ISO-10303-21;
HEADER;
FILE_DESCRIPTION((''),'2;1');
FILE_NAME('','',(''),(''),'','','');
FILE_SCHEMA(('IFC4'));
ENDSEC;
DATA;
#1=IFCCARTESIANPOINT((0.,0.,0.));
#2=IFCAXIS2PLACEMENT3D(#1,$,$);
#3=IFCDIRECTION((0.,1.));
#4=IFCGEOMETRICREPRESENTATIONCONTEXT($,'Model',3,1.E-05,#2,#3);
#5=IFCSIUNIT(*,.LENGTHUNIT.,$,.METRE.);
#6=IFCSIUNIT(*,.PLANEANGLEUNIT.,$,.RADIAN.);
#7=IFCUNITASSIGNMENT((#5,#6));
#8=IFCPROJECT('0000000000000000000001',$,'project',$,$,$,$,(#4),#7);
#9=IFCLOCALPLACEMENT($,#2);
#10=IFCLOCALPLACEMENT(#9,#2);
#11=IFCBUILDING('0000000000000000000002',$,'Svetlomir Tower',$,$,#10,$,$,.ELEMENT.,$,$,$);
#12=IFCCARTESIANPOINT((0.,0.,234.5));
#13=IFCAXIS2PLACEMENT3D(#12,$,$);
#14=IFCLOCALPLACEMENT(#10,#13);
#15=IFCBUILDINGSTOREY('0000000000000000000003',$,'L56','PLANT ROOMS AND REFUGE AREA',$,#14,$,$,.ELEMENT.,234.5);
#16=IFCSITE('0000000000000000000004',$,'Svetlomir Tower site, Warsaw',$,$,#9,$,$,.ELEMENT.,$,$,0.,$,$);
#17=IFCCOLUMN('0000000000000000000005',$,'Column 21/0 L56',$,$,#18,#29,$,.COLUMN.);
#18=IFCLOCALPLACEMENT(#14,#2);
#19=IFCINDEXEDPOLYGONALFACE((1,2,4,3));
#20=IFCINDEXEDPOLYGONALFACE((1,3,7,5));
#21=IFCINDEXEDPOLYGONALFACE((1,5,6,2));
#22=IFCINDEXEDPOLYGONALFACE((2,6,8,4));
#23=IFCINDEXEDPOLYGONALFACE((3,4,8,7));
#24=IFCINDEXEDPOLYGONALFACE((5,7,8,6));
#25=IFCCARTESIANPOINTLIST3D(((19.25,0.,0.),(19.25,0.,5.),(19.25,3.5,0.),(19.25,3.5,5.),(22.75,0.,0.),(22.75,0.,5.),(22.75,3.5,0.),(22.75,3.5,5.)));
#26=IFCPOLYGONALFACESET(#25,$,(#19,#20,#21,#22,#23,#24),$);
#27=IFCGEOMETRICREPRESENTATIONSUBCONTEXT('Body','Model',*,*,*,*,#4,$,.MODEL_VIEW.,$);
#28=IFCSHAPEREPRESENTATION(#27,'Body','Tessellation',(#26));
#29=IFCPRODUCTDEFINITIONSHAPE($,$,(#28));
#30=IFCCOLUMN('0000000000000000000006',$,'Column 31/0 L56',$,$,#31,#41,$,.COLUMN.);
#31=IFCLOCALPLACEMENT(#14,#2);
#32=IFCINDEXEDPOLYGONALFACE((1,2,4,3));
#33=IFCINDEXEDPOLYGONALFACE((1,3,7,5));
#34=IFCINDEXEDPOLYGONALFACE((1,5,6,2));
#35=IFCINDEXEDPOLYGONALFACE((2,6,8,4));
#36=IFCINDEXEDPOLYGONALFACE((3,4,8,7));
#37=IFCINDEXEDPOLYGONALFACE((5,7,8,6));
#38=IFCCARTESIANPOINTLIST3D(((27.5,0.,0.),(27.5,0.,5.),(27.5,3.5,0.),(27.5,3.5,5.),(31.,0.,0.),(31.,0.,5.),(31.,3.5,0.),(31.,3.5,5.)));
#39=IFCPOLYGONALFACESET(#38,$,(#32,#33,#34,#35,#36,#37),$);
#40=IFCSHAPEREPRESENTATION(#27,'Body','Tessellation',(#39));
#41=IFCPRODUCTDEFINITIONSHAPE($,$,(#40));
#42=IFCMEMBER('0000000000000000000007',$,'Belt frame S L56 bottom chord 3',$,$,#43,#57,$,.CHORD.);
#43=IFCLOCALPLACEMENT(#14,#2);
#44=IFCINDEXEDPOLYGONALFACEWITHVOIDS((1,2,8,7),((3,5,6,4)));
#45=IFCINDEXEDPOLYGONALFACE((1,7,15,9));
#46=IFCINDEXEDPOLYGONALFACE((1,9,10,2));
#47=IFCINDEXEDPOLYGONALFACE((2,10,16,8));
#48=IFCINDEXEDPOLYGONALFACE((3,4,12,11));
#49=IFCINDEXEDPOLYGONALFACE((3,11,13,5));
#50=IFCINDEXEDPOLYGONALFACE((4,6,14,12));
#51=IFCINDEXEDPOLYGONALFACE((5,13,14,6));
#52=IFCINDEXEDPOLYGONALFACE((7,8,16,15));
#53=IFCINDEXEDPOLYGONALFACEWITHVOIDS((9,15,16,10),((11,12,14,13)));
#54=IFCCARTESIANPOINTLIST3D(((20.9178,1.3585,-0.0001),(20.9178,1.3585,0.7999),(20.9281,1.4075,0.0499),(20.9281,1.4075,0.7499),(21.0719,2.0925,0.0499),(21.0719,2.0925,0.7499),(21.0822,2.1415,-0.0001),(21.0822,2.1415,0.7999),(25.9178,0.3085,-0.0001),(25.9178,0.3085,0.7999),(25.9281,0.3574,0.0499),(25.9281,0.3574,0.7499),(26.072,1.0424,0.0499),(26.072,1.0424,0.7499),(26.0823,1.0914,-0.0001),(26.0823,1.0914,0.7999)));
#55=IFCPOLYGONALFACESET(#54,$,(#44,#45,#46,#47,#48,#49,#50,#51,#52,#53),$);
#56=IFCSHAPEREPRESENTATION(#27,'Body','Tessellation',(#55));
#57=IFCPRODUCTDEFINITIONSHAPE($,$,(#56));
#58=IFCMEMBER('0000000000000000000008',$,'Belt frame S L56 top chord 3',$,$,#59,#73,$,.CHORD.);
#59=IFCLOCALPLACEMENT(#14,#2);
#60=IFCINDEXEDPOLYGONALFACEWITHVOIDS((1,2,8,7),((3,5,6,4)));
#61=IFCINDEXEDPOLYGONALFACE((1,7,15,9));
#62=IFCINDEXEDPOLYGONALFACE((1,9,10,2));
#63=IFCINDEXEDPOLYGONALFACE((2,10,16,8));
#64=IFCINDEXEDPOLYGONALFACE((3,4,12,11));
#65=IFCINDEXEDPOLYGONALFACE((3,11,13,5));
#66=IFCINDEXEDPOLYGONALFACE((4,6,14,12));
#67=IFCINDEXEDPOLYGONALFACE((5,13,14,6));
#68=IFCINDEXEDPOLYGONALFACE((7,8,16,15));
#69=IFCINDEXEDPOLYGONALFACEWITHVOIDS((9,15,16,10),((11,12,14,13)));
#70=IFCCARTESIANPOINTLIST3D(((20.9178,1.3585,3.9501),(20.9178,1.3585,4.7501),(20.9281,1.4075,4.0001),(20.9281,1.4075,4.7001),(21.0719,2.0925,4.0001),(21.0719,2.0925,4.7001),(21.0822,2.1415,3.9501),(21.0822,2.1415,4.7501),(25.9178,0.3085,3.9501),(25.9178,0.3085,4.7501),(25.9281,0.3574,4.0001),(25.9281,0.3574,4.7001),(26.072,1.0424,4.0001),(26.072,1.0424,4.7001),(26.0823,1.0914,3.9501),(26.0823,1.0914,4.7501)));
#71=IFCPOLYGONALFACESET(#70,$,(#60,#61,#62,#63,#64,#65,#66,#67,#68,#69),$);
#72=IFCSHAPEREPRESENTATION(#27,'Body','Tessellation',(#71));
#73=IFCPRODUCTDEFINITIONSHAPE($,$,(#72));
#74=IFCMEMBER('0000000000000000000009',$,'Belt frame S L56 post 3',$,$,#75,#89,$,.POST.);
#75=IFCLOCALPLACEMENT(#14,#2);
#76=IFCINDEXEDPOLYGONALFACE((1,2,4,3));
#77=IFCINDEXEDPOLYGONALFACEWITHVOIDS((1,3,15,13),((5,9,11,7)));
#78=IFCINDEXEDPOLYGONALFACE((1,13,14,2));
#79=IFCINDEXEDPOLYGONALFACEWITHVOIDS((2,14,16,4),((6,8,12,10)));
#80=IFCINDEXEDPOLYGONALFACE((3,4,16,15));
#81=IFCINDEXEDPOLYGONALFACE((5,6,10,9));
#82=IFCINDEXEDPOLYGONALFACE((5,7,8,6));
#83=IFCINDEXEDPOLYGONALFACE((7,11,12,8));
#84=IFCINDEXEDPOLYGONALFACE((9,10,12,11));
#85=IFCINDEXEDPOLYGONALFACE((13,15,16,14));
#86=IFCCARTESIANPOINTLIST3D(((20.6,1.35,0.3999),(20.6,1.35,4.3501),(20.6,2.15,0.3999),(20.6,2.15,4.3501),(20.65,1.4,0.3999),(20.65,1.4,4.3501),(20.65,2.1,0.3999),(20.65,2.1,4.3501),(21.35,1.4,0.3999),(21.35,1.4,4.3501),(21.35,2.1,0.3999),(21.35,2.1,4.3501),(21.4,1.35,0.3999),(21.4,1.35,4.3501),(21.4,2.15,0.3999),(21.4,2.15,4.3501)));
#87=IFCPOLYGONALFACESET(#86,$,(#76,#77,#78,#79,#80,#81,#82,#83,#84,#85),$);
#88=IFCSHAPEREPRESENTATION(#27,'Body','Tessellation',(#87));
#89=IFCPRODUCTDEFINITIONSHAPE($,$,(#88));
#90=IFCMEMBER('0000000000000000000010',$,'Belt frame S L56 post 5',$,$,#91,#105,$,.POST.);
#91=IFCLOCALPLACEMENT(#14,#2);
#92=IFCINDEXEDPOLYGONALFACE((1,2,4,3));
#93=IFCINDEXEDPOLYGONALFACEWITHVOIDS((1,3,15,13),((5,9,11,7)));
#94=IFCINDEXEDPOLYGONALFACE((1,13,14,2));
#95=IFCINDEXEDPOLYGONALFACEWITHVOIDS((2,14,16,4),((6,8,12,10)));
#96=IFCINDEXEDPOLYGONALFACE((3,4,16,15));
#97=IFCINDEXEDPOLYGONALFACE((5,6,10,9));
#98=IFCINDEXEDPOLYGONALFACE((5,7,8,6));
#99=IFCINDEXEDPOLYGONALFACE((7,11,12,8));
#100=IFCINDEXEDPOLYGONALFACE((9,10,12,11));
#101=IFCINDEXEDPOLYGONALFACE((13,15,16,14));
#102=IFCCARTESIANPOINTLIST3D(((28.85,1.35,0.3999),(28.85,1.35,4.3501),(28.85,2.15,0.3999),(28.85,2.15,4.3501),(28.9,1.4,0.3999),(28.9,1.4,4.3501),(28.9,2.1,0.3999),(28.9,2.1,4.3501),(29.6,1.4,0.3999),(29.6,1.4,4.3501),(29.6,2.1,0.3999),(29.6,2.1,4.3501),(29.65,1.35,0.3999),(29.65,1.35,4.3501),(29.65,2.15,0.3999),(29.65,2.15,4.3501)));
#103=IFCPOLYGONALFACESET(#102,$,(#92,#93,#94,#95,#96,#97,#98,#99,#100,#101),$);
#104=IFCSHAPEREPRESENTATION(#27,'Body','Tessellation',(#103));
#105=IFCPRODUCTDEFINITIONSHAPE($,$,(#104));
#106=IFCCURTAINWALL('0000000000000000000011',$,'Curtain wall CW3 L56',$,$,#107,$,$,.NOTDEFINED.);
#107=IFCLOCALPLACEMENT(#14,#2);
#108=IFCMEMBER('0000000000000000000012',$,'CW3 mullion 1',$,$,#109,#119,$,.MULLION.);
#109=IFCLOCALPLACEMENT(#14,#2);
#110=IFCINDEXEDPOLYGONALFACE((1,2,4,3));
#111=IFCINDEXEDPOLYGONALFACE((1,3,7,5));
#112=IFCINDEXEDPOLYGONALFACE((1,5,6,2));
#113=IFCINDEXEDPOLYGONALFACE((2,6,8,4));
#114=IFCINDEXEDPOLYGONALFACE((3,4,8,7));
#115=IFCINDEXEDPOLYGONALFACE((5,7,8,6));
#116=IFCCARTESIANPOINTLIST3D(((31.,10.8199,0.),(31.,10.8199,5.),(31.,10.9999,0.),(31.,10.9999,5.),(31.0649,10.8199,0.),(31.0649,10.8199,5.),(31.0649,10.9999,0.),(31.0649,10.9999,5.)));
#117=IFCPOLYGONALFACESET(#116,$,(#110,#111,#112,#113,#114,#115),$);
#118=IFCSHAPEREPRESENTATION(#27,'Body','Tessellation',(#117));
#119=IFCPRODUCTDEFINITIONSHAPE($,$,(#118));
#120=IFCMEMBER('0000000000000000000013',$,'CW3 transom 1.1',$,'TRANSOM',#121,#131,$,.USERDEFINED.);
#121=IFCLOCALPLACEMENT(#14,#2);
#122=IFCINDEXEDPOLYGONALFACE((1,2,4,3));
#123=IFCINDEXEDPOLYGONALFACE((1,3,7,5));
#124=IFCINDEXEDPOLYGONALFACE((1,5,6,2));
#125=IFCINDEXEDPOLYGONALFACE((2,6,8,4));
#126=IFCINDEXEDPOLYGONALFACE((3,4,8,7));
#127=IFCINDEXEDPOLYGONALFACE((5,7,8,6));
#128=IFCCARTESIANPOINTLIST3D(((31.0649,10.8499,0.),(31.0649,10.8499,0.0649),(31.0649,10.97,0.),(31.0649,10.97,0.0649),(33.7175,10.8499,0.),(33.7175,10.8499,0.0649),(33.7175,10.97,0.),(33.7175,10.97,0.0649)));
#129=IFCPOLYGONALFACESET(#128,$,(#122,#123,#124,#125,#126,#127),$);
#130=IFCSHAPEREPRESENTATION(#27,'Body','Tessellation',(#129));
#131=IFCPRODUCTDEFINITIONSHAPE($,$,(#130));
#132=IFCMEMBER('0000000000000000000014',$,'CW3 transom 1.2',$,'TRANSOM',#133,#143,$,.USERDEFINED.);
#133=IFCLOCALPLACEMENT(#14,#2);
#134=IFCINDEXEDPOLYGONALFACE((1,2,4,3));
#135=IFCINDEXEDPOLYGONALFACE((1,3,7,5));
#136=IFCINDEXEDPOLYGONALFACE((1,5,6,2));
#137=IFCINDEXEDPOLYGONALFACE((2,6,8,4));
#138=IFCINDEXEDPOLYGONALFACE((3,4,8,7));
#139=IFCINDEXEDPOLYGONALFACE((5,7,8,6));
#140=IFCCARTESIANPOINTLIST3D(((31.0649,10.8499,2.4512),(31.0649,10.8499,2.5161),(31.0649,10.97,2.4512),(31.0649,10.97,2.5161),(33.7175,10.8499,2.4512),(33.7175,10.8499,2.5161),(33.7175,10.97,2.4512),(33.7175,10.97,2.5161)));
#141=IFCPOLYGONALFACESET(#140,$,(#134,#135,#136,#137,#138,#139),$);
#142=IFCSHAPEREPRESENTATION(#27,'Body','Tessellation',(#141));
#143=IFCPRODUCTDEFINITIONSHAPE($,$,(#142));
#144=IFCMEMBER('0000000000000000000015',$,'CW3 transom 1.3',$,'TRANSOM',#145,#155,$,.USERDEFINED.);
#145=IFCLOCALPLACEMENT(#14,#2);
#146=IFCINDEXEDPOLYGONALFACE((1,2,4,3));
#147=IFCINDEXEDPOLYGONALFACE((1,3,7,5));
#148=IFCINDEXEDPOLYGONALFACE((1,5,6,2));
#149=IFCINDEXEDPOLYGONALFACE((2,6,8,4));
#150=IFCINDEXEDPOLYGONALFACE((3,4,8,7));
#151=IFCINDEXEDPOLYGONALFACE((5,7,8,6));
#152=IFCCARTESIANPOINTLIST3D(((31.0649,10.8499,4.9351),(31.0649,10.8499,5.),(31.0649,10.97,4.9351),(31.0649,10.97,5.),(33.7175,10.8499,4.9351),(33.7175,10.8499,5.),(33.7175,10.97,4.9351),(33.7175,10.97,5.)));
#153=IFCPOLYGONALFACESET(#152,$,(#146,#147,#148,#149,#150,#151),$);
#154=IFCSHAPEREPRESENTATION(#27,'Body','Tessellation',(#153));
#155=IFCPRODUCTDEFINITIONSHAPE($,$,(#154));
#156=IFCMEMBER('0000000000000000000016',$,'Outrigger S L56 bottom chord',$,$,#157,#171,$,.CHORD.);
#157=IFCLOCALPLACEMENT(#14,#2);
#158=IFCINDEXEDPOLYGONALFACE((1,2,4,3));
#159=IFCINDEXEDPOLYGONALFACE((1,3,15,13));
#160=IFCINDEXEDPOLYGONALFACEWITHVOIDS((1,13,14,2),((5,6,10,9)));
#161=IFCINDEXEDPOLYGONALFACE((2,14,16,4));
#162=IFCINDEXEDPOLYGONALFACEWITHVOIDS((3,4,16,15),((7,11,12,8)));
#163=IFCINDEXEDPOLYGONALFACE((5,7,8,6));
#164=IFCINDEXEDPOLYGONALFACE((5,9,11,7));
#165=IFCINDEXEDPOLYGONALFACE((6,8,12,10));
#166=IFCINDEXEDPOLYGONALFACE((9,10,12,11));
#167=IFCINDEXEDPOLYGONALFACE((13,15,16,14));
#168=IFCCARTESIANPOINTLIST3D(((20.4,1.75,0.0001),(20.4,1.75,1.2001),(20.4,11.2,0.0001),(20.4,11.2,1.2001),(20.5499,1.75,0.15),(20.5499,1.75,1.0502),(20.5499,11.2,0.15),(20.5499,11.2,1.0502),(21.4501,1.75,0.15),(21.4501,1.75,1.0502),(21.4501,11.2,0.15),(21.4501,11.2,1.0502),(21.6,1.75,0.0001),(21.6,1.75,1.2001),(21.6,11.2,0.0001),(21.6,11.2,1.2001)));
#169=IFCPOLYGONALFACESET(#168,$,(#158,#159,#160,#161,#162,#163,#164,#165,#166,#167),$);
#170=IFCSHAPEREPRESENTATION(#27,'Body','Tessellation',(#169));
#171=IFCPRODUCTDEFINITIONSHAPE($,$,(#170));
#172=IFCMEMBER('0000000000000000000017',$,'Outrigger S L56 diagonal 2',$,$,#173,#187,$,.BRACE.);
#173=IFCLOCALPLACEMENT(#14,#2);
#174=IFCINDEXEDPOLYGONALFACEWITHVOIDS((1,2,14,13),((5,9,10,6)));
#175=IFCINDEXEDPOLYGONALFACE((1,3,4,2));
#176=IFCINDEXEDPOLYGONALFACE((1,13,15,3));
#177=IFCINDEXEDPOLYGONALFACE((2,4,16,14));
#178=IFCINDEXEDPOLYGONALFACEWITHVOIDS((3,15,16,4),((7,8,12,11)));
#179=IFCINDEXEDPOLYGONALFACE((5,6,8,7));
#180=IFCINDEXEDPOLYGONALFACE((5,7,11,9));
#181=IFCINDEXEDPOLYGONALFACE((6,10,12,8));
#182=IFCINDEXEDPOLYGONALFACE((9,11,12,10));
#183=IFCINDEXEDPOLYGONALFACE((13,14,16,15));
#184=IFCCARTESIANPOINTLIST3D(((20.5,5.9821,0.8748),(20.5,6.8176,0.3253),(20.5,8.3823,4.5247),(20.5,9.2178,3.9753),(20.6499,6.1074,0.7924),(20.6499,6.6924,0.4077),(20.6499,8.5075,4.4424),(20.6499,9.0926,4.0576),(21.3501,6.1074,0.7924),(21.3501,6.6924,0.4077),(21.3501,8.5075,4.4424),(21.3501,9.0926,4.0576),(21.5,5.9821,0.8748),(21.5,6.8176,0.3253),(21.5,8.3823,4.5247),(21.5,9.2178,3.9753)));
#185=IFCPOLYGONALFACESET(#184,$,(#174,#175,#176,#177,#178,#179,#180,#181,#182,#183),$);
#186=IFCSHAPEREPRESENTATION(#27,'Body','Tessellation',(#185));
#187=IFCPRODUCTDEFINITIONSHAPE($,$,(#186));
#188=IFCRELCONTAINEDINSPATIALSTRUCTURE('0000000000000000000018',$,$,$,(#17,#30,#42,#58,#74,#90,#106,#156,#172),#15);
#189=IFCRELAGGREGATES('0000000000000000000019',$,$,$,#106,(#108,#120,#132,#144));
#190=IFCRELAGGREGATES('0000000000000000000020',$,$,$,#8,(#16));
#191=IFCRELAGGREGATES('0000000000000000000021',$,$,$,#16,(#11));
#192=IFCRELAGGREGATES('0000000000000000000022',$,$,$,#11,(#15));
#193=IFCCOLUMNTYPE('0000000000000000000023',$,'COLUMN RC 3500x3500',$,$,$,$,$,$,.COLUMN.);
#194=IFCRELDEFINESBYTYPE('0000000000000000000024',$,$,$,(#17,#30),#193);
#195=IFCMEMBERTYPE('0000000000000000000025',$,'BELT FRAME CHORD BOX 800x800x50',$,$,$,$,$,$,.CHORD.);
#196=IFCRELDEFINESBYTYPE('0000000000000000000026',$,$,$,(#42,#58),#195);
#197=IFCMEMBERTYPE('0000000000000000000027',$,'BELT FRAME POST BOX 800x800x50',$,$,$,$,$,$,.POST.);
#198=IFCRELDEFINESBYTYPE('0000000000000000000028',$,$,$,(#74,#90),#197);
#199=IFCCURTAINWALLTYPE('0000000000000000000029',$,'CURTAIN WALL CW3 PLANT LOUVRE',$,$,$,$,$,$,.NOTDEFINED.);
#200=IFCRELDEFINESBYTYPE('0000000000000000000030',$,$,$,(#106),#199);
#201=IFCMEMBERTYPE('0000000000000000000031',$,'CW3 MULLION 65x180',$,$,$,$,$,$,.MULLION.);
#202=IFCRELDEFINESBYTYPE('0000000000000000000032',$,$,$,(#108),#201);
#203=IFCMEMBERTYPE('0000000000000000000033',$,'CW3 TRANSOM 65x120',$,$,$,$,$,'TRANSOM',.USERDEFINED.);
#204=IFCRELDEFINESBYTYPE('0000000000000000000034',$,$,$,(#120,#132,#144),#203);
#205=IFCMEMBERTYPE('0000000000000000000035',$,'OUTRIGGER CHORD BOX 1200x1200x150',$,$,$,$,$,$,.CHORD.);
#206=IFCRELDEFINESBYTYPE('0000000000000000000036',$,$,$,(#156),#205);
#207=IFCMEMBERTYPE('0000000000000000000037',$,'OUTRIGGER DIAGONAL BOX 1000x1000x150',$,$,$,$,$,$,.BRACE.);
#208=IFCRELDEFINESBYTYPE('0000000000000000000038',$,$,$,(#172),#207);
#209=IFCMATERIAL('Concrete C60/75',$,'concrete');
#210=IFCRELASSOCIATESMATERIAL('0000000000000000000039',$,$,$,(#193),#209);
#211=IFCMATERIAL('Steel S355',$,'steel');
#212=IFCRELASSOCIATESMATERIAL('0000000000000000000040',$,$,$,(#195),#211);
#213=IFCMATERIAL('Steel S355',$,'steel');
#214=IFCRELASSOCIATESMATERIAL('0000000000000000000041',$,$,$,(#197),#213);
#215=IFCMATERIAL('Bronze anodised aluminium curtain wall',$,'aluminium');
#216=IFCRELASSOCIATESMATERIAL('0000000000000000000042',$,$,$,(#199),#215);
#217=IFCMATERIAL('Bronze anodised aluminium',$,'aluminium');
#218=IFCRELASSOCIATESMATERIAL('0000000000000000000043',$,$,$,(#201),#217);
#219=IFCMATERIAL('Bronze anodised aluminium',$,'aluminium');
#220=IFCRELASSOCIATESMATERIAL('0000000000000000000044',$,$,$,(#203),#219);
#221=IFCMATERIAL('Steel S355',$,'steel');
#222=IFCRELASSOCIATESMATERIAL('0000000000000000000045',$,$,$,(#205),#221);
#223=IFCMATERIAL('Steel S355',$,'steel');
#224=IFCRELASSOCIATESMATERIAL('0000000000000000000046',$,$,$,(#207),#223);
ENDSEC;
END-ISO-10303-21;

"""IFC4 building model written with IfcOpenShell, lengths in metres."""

from ifc_helpers import new_model, si_unit, direction, frame, origin, origin_2d, place, context, subcontext, project, spatial, rectangle, hollow_rectangle, extrude, material, material_profile, profile_set, type_object, element, aggregate, save


model = new_model("IFC4")

# Units and contexts
model_context = context("Model", 3, precision=1e-05, world=origin(), true_north=direction((0.0, 1.0)))
body_context = subcontext(model_context, "Body", "Model", "MODEL_VIEW")
ifc_project = project(units=[si_unit("LENGTHUNIT", "METRE"), si_unit("PLANEANGLEUNIT", "RADIAN")], contexts=[model_context])

# Site, building, storey
site_placement = place(None, origin())
site = spatial("IfcSite", under=ifc_project, at=site_placement, Name="Svetlomir Tower site, Warsaw", CompositionType="ELEMENT", RefElevation=0.0)
building_placement = place(site_placement, origin())
building = spatial("IfcBuilding", under=site, at=building_placement, Name="Svetlomir Tower", CompositionType="ELEMENT")
storey_placement = place(building_placement, frame((0.0, 0.0, 234.5)))
storey = spatial("IfcBuildingStorey", under=building, at=storey_placement, Name="L56", Description="PLANT ROOMS AND REFUGE AREA", CompositionType="ELEMENT", Elevation=234.5)

# Columns
ifc_material_1 = material(Name="Concrete C60/75", Category="concrete")
ifc_material_profile_1 = material_profile(ifc_material_1, rectangle(XDim=3.5, YDim=3.5, at=origin_2d()), Name="RC 3500x3500")
ifc_profile_set_1 = profile_set([ifc_material_profile_1], Name="Concrete C60/75")
column_type = type_object("IfcColumnType", Name="COLUMN RC 3500x3500", PredefinedType="COLUMN", material=ifc_profile_set_1)
for number, where, z_axis, x_axis, name in (
    (1, (21.0, 1.75, 0.0), (0.0, 0.0, 1.0), (1.0, 0.0, 0.0), "Column 21/0 L56"),
    (2, (29.25, 1.75, 0.0), (0.0, 0.0, 1.0), (1.0, 0.0, 0.0), "Column 31/0 L56"),
):
    element("IfcColumn", number, at=place(storey_placement, frame(where, z_axis=z_axis, x_axis=x_axis)), inside=storey, type_object=column_type, Name=name, PredefinedType="COLUMN", context=body_context, shape_type="SweptSolid", body=[
        extrude(rectangle(XDim=3.5, YDim=3.5, at=origin_2d()), origin(), (0.0, 0.0, 1.0), 5.0),
    ])

# Members
ifc_material_2 = material(Name="Steel S355", Category="steel")
ifc_material_profile_2 = material_profile(ifc_material_2, hollow_rectangle(XDim=0.8, YDim=0.8, WallThickness=0.05, at=origin_2d()), Name="BOX 800x800x50")
ifc_profile_set_2 = profile_set([ifc_material_profile_2], Name="Steel S355")
member_type_1 = type_object("IfcMemberType", Name="BELT FRAME CHORD BOX 800x800x50", PredefinedType="CHORD", material=ifc_profile_set_2)
for number, where, z_axis, x_axis, name in (
    (3, (21.0, 1.75, 0.3999), (0.978652, -0.205526, 0.0), (0.205526, 0.978652, 0.0), "Belt frame S L56 bottom chord 3"),
    (4, (21.0, 1.75, 4.3501), (0.978652, -0.205526, 0.0), (0.205526, 0.978652, 0.0), "Belt frame S L56 top chord 3"),
):
    element("IfcMember", number, at=place(storey_placement, frame(where, z_axis=z_axis, x_axis=x_axis)), inside=storey, type_object=member_type_1, Name=name, PredefinedType="CHORD", context=body_context, shape_type="SweptSolid", body=[
        extrude(hollow_rectangle(XDim=0.8, YDim=0.8, WallThickness=0.05, at=origin_2d()), origin(), (0.0, 0.0, 1.0), 5.1091),
    ])
ifc_material_3 = material(Name="Steel S355", Category="steel")
ifc_material_profile_3 = material_profile(ifc_material_3, hollow_rectangle(XDim=0.8, YDim=0.8, WallThickness=0.05, at=origin_2d()), Name="BOX 800x800x50")
ifc_profile_set_3 = profile_set([ifc_material_profile_3], Name="Steel S355")
member_type_2 = type_object("IfcMemberType", Name="BELT FRAME POST BOX 800x800x50", PredefinedType="POST", material=ifc_profile_set_3)
for number, where, z_axis, x_axis, name in (
    (5, (21.0, 1.75, 0.3999), (0.0, 0.0, 1.0), (1.0, 0.0, 0.0), "Belt frame S L56 post 3"),
    (6, (29.25, 1.75, 0.3999), (0.0, 0.0, 1.0), (1.0, 0.0, 0.0), "Belt frame S L56 post 5"),
):
    element("IfcMember", number, at=place(storey_placement, frame(where, z_axis=z_axis, x_axis=x_axis)), inside=storey, type_object=member_type_2, Name=name, PredefinedType="POST", context=body_context, shape_type="SweptSolid", body=[
        extrude(hollow_rectangle(XDim=0.8, YDim=0.8, WallThickness=0.05, at=origin_2d()), origin(), (0.0, 0.0, 1.0), 3.9502),
    ])

# Curtain wall, members
ifc_material_4 = material(Name="Bronze anodised aluminium curtain wall", Category="aluminium")
curtain_wall_type = type_object("IfcCurtainWallType", Name="CURTAIN WALL CW3 PLANT LOUVRE", PredefinedType="NOTDEFINED", material=ifc_material_4)
curtain_wall_1_placement = place(storey_placement, origin())
curtain_wall_1 = element("IfcCurtainWall", 7, at=curtain_wall_1_placement, inside=storey, type_object=curtain_wall_type, Name="Curtain wall CW3 L56", PredefinedType="NOTDEFINED")
ifc_material_5 = material(Name="Bronze anodised aluminium", Category="aluminium")
ifc_material_profile_4 = material_profile(ifc_material_5, rectangle(XDim=0.0649, YDim=0.1799, at=origin_2d()), Name="AL 65x180")
ifc_profile_set_4 = profile_set([ifc_material_profile_4], Name="Bronze anodised aluminium 6063-T6")
member_type_3 = type_object("IfcMemberType", Name="CW3 MULLION 65x180", PredefinedType="MULLION", material=ifc_profile_set_4)
member_1_placement = place(storey_placement, frame((31.0325, 10.9099, 0.0), z_axis=(0.0, 0.0, 1.0), x_axis=(1.0, 0.0, 0.0)))
member_1 = element("IfcMember", 8, at=member_1_placement, type_object=member_type_3, Name="CW3 mullion 1", PredefinedType="MULLION", context=body_context, shape_type="SweptSolid", body=[
    extrude(rectangle(XDim=0.0649, YDim=0.1799, at=origin_2d()), origin(), (0.0, 0.0, 1.0), 5.0),
])
ifc_material_6 = material(Name="Bronze anodised aluminium", Category="aluminium")
ifc_material_profile_5 = material_profile(ifc_material_6, rectangle(XDim=0.1201, YDim=0.0649, at=origin_2d()), Name="AL 120x65")
ifc_profile_set_5 = profile_set([ifc_material_profile_5], Name="Bronze anodised aluminium 6063-T6")
member_type_4 = type_object("IfcMemberType", Name="CW3 TRANSOM 65x120", ElementType="TRANSOM", PredefinedType="USERDEFINED", material=ifc_profile_set_5)
member_2_placement = place(storey_placement, frame((31.0649, 10.9099, 0.0325), z_axis=(1.0, 0.0, 0.0), x_axis=(0.0, 1.0, 0.0)))
member_2 = element("IfcMember", 9, at=member_2_placement, type_object=member_type_4, Name="CW3 transom 1.1", ObjectType="TRANSOM", PredefinedType="USERDEFINED", context=body_context, shape_type="SweptSolid", body=[
    extrude(rectangle(XDim=0.1201, YDim=0.0649, at=origin_2d()), origin(), (0.0, 0.0, 1.0), 2.6526),
])
member_3_placement = place(storey_placement, frame((31.0649, 10.9099, 2.4836), z_axis=(1.0, 0.0, 0.0), x_axis=(0.0, 1.0, 0.0)))
member_3 = element("IfcMember", 10, at=member_3_placement, type_object=member_type_4, Name="CW3 transom 1.2", ObjectType="TRANSOM", PredefinedType="USERDEFINED", context=body_context, shape_type="SweptSolid", body=[
    extrude(rectangle(XDim=0.1201, YDim=0.0649, at=origin_2d()), origin(), (0.0, 0.0, 1.0), 2.6526),
])
member_4_placement = place(storey_placement, frame((31.0649, 10.9099, 4.9675), z_axis=(1.0, 0.0, 0.0), x_axis=(0.0, 1.0, 0.0)))
member_4 = element("IfcMember", 11, at=member_4_placement, type_object=member_type_4, Name="CW3 transom 1.3", ObjectType="TRANSOM", PredefinedType="USERDEFINED", context=body_context, shape_type="SweptSolid", body=[
    extrude(rectangle(XDim=0.1201, YDim=0.0649, at=origin_2d()), origin(), (0.0, 0.0, 1.0), 2.6526),
])
aggregate(curtain_wall_1, [member_1, member_2, member_3, member_4])

# Members
ifc_material_7 = material(Name="Steel S355", Category="steel")
ifc_material_profile_6 = material_profile(ifc_material_7, hollow_rectangle(XDim=1.2, YDim=1.2, WallThickness=0.1499, at=origin_2d()), Name="BOX 1200x1200x150")
ifc_profile_set_6 = profile_set([ifc_material_profile_6], Name="Steel S355")
member_type_5 = type_object("IfcMemberType", Name="OUTRIGGER CHORD BOX 1200x1200x150", PredefinedType="CHORD", material=ifc_profile_set_6)
member_5_placement = place(storey_placement, frame((21.0, 11.2, 0.6001), z_axis=(0.0, -1.0, 0.0), x_axis=(1.0, 0.0, 0.0)))
element("IfcMember", 12, at=member_5_placement, inside=storey, type_object=member_type_5, Name="Outrigger S L56 bottom chord", PredefinedType="CHORD", context=body_context, shape_type="SweptSolid", body=[
    extrude(hollow_rectangle(XDim=1.2, YDim=1.2, WallThickness=0.1499, at=origin_2d()), origin(), (0.0, 0.0, 1.0), 9.45),
])
ifc_material_8 = material(Name="Steel S355", Category="steel")
ifc_material_profile_7 = material_profile(ifc_material_8, hollow_rectangle(XDim=1.0, YDim=1.0, WallThickness=0.1499, at=origin_2d()), Name="BOX 1000x1000x150")
ifc_profile_set_7 = profile_set([ifc_material_profile_7], Name="Steel S355")
member_type_6 = type_object("IfcMemberType", Name="OUTRIGGER DIAGONAL BOX 1000x1000x150", PredefinedType="BRACE", material=ifc_profile_set_7)
member_6_placement = place(storey_placement, frame((21.0, 8.8, 4.25), z_axis=(0.0, -0.54944, -0.835533), x_axis=(1.0, 0.0, 0.0)))
element("IfcMember", 13, at=member_6_placement, inside=storey, type_object=member_type_6, Name="Outrigger S L56 diagonal 2", PredefinedType="BRACE", context=body_context, shape_type="SweptSolid", body=[
    extrude(hollow_rectangle(XDim=1.0, YDim=1.0, WallThickness=0.1499, at=origin_2d()), origin(), (0.0, 0.0, 1.0), 4.3684),
])

save(model, "model.ifc")
